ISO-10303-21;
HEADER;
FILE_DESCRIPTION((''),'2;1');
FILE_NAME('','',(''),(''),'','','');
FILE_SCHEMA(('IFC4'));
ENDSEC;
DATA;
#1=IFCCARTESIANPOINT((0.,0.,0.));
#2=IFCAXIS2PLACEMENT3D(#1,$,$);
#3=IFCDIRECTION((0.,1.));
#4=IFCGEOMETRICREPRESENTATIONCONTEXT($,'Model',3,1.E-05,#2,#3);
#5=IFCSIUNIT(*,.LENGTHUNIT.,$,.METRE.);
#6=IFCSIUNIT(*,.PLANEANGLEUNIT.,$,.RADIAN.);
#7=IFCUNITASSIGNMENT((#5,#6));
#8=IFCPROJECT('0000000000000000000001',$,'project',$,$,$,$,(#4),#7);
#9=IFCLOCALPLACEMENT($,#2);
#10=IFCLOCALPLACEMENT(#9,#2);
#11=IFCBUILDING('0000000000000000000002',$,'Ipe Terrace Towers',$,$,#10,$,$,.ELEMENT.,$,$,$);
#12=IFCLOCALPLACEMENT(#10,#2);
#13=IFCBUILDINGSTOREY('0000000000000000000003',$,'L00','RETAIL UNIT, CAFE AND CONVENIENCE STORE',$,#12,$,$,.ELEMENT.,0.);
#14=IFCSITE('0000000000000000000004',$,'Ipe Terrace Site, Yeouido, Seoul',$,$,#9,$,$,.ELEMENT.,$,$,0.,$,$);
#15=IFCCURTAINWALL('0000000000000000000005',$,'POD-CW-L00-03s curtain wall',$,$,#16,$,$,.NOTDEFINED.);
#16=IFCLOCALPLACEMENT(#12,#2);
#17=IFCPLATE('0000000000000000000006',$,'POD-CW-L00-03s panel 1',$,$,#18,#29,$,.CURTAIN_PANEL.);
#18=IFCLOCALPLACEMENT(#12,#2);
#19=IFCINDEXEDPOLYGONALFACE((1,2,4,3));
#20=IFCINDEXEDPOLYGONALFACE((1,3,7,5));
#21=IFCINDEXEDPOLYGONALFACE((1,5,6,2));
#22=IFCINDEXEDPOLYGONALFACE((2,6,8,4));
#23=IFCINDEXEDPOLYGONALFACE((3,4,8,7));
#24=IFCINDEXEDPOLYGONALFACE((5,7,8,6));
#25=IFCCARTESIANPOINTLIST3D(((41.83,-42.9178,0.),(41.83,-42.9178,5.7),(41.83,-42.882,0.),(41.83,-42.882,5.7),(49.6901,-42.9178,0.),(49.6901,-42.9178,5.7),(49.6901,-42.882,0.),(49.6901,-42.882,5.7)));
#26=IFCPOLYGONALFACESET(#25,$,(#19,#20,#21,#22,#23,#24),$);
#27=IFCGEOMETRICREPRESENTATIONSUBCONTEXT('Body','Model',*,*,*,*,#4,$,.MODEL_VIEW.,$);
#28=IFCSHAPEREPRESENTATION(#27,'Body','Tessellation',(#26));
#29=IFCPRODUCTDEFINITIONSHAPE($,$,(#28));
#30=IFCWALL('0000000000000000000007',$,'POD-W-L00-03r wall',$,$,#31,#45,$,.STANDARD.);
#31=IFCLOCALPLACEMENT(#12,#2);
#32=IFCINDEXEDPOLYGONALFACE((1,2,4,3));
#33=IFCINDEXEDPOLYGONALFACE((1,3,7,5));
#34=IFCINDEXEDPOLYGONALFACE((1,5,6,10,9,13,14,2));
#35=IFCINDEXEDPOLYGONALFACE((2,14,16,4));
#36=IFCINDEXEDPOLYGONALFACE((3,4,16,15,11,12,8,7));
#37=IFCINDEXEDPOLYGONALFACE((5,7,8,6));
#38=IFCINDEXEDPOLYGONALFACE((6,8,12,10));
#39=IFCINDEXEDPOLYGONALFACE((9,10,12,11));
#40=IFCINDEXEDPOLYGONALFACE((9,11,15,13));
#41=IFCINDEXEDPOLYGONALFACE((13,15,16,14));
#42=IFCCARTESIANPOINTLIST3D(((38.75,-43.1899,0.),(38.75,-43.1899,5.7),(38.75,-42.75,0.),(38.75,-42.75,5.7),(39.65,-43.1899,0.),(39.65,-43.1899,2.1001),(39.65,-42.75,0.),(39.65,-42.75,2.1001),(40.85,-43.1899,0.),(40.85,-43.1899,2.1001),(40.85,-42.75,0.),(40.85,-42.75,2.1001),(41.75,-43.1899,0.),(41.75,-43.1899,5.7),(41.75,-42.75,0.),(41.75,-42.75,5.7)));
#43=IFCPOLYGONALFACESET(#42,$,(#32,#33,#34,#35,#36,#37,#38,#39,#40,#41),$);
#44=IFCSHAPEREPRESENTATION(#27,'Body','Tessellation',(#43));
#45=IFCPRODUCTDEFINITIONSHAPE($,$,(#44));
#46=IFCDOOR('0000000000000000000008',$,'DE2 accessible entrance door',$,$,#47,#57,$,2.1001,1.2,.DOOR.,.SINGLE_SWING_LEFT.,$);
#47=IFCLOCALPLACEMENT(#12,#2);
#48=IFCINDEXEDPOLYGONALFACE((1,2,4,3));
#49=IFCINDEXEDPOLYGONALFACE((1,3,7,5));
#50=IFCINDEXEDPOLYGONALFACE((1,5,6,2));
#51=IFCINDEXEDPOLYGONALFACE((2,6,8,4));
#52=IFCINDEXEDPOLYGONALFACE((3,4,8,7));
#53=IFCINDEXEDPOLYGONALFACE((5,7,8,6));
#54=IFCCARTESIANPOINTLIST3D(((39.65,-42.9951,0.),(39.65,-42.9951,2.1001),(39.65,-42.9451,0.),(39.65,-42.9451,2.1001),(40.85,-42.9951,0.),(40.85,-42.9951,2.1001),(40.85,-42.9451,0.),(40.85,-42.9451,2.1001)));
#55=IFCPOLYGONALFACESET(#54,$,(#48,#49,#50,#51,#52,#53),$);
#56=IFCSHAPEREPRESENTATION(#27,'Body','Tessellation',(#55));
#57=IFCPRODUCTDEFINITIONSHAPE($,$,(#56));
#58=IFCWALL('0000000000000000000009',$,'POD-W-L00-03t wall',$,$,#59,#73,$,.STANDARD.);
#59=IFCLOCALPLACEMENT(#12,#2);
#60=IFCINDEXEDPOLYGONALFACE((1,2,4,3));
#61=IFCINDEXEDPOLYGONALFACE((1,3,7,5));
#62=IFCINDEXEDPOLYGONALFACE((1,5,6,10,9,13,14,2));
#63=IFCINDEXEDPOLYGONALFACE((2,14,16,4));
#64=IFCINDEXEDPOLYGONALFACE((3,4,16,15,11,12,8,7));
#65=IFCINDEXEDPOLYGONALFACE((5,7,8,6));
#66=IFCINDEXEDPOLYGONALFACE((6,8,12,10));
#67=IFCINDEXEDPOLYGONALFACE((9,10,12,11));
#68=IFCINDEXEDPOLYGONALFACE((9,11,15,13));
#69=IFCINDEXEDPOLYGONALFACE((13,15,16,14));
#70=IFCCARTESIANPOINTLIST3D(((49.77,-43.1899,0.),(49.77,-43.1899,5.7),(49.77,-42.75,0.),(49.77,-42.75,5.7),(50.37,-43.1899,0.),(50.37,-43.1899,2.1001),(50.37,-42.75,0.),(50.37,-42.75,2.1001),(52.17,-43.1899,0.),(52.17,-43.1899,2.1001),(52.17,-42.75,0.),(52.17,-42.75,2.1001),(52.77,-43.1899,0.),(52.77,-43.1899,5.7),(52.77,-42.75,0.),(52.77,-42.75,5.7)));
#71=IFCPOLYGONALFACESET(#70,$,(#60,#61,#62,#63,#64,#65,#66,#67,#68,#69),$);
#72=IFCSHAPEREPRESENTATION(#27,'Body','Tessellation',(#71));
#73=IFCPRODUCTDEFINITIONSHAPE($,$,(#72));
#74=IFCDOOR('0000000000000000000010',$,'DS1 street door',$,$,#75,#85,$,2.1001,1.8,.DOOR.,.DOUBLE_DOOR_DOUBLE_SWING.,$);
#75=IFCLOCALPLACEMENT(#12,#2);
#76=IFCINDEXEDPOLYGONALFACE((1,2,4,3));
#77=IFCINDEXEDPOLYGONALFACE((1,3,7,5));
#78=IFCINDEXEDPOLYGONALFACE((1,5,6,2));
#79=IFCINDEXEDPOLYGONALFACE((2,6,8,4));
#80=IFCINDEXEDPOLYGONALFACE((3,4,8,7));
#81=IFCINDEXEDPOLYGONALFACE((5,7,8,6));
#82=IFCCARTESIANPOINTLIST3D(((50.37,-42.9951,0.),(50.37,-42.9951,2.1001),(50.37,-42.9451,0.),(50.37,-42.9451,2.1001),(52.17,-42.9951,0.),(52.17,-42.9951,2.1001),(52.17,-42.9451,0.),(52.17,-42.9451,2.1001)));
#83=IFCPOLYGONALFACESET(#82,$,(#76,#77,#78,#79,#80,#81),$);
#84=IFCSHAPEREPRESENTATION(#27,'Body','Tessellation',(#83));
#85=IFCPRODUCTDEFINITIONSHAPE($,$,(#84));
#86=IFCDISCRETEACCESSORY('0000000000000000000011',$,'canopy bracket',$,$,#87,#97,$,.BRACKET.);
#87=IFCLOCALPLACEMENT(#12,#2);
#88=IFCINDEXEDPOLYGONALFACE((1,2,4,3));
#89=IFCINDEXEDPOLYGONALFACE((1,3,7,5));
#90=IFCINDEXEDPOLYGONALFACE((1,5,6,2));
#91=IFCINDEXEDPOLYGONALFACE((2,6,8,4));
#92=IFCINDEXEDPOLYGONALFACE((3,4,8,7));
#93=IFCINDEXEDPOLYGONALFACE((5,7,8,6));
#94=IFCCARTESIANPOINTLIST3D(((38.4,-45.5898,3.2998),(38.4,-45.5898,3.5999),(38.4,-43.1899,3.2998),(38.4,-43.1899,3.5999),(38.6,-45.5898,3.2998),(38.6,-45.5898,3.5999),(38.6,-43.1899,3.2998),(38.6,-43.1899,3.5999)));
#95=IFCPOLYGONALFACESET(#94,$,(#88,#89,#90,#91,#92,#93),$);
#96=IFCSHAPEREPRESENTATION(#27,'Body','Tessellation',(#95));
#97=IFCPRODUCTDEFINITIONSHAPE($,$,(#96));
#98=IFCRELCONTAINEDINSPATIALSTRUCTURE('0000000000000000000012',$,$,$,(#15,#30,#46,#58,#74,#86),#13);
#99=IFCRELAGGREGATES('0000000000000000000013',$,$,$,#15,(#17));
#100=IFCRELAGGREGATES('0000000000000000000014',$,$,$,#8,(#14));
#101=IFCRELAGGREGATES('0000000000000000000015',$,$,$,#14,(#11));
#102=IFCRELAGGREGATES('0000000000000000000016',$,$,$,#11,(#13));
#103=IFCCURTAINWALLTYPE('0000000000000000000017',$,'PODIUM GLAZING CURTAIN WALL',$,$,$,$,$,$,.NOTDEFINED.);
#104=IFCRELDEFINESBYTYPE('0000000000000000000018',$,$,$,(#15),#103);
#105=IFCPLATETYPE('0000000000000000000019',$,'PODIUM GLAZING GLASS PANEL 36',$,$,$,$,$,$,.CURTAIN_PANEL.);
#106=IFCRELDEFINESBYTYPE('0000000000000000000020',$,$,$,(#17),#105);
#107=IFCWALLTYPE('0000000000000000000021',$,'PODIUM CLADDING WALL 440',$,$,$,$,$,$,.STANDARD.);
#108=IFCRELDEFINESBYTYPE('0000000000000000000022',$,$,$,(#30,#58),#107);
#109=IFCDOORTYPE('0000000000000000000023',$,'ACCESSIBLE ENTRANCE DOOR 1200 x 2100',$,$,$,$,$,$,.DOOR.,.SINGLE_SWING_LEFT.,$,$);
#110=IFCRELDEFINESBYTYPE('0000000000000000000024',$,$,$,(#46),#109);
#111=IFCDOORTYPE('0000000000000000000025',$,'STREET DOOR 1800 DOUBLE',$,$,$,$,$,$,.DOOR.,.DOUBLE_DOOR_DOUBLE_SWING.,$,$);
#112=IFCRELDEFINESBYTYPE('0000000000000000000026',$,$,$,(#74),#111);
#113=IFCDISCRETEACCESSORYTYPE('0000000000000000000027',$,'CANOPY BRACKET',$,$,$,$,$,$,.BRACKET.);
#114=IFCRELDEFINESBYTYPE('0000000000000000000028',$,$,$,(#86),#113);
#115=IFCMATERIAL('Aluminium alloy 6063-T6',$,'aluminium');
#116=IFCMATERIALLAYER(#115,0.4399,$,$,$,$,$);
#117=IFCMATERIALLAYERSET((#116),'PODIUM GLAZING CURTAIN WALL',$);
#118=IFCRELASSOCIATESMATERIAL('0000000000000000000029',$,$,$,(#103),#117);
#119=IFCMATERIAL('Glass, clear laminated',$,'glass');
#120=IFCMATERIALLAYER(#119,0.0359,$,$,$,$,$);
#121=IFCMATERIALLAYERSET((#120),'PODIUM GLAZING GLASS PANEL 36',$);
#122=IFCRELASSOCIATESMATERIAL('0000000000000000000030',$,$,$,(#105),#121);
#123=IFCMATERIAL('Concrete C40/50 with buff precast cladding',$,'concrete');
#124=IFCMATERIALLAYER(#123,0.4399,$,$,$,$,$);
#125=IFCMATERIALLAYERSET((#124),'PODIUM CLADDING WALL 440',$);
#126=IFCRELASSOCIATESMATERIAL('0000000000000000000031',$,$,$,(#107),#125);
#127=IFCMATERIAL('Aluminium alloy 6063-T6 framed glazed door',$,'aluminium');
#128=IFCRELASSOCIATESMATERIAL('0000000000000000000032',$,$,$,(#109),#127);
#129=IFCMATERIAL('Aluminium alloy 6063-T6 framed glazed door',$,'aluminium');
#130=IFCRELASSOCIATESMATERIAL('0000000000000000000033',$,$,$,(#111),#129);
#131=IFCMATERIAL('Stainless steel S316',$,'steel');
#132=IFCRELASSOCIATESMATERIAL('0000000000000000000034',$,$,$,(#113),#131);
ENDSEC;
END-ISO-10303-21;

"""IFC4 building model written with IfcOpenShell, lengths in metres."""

from ifc_helpers import new_model, si_unit, direction, frame, frame_2d, origin, origin_2d, place, context, subcontext, project, spatial, rectangle, extrude, material, layer, layer_set, type_object, element, fill, aggregate, save


model = new_model("IFC4")

# Units and contexts
model_context = context("Model", 3, precision=1e-05, world=origin(), true_north=direction((0.0, 1.0)))
body_context = subcontext(model_context, "Body", "Model", "MODEL_VIEW")
ifc_project = project(units=[si_unit("LENGTHUNIT", "METRE"), si_unit("PLANEANGLEUNIT", "RADIAN")], contexts=[model_context])

# Site, building, storey
site_placement = place(None, origin())
site = spatial("IfcSite", under=ifc_project, at=site_placement, Name="Ipe Terrace Site, Yeouido, Seoul", CompositionType="ELEMENT", RefElevation=0.0)
building_placement = place(site_placement, origin())
building = spatial("IfcBuilding", under=site, at=building_placement, Name="Ipe Terrace Towers", CompositionType="ELEMENT")
storey_placement = place(building_placement, origin())
storey = spatial("IfcBuildingStorey", under=building, at=storey_placement, Name="L00", Description="RETAIL UNIT, CAFE AND CONVENIENCE STORE", CompositionType="ELEMENT", Elevation=0.0)

# Curtain wall
ifc_material_1 = material(Name="Aluminium alloy 6063-T6", Category="aluminium")
ifc_layer_1 = layer(ifc_material_1, 0.4399)
ifc_layer_set_1 = layer_set([ifc_layer_1], Name="PODIUM GLAZING CURTAIN WALL")
curtain_wall_type = type_object("IfcCurtainWallType", Name="PODIUM GLAZING CURTAIN WALL", PredefinedType="NOTDEFINED", material=ifc_layer_set_1)
curtain_wall_1_placement = place(storey_placement, origin())
curtain_wall_1 = element("IfcCurtainWall", 1, at=curtain_wall_1_placement, inside=storey, type_object=curtain_wall_type, Name="POD-CW-L00-03s curtain wall", PredefinedType="NOTDEFINED")

# Plate
ifc_material_2 = material(Name="Glass, clear laminated", Category="glass")
ifc_layer_2 = layer(ifc_material_2, 0.0359)
ifc_layer_set_2 = layer_set([ifc_layer_2], Name="PODIUM GLAZING GLASS PANEL 36")
plate_type = type_object("IfcPlateType", Name="PODIUM GLAZING GLASS PANEL 36", PredefinedType="CURTAIN_PANEL", material=ifc_layer_set_2)
plate_1_placement = place(storey_placement, frame((45.76, -42.8999, 0.0), z_axis=(0.0, 0.0, 1.0), x_axis=(1.0, 0.0, 0.0)))
plate_1 = element("IfcPlate", 2, at=plate_1_placement, type_object=plate_type, Name="POD-CW-L00-03s panel 1", PredefinedType="CURTAIN_PANEL", context=body_context, shape_type="SweptSolid", body=[
    extrude(rectangle(XDim=7.8601, YDim=0.0359, at=origin_2d()), origin(), (0.0, 0.0, 1.0), 5.7),
])
aggregate(curtain_wall_1, [plate_1])

# Walls, openings, doors
ifc_material_3 = material(Name="Concrete C40/50 with buff precast cladding", Category="concrete")
ifc_layer_3 = layer(ifc_material_3, 0.4399)
ifc_layer_set_3 = layer_set([ifc_layer_3], Name="PODIUM CLADDING WALL 440")
wall_type = type_object("IfcWallType", Name="PODIUM CLADDING WALL 440", PredefinedType="STANDARD", material=ifc_layer_set_3)
wall_1_placement = place(storey_placement, frame((38.75, -42.97, 0.0), z_axis=(0.0, 0.0, 1.0), x_axis=(1.0, 0.0, 0.0)))
wall_1 = element("IfcWall", 3, at=wall_1_placement, inside=storey, type_object=wall_type, Name="POD-W-L00-03r wall", PredefinedType="STANDARD", context=body_context, shape_type="SweptSolid", body=[
    extrude(rectangle(XDim=3.0, YDim=0.4399, at=frame_2d((1.5, 0.0))), origin(), (0.0, 0.0, 1.0), 5.7),
])
opening_1_placement = place(wall_1_placement, frame((0.8999, 0.0, 0.0)))
opening_1 = element("IfcOpeningElement", 4, at=opening_1_placement, cuts=wall_1, PredefinedType="OPENING", context=body_context, shape_type="SweptSolid", body=[
    extrude(rectangle(XDim=1.2, YDim=2.1001, at=frame_2d((0.6001, 1.05))), frame((0.0, 0.23, 0.0), z_axis=(0.0, -1.0, 0.0), x_axis=(1.0, 0.0, 0.0)), (0.0, 0.0, 1.0), 0.46),
])
ifc_material_4 = material(Name="Aluminium alloy 6063-T6 framed glazed door", Category="aluminium")
door_type_1 = type_object("IfcDoorType", Name="ACCESSIBLE ENTRANCE DOOR 1200 x 2100", OperationType="SINGLE_SWING_LEFT", PredefinedType="DOOR", material=ifc_material_4)
door_1_placement = place(opening_1_placement, origin())
door_1 = element("IfcDoor", 5, at=door_1_placement, inside=storey, type_object=door_type_1, Name="DE2 accessible entrance door", OperationType="SINGLE_SWING_LEFT", OverallHeight=2.1001, OverallWidth=1.2, PredefinedType="DOOR", context=body_context, shape_type="SweptSolid", body=[
    extrude(rectangle(XDim=1.2, YDim=2.1001, at=frame_2d((0.6001, 1.05))), frame((0.0, 0.0249, 0.0), z_axis=(0.0, -1.0, 0.0), x_axis=(1.0, 0.0, 0.0)), (0.0, 0.0, 1.0), 0.05),
])
fill(opening_1, door_1)
wall_2_placement = place(storey_placement, frame((49.77, -42.97, 0.0), z_axis=(0.0, 0.0, 1.0), x_axis=(1.0, 0.0, 0.0)))
wall_2 = element("IfcWall", 6, at=wall_2_placement, inside=storey, type_object=wall_type, Name="POD-W-L00-03t wall", PredefinedType="STANDARD", context=body_context, shape_type="SweptSolid", body=[
    extrude(rectangle(XDim=3.0, YDim=0.4399, at=frame_2d((1.5, 0.0))), origin(), (0.0, 0.0, 1.0), 5.7),
])
opening_2_placement = place(wall_2_placement, frame((0.6001, 0.0, 0.0)))
opening_2 = element("IfcOpeningElement", 7, at=opening_2_placement, cuts=wall_2, PredefinedType="OPENING", context=body_context, shape_type="SweptSolid", body=[
    extrude(rectangle(XDim=1.8, YDim=2.1001, at=frame_2d((0.8999, 1.05))), frame((0.0, 0.23, 0.0), z_axis=(0.0, -1.0, 0.0), x_axis=(1.0, 0.0, 0.0)), (0.0, 0.0, 1.0), 0.46),
])
ifc_material_5 = material(Name="Aluminium alloy 6063-T6 framed glazed door", Category="aluminium")
door_type_2 = type_object("IfcDoorType", Name="STREET DOOR 1800 DOUBLE", OperationType="DOUBLE_DOOR_DOUBLE_SWING", PredefinedType="DOOR", material=ifc_material_5)
door_2_placement = place(opening_2_placement, origin())
door_2 = element("IfcDoor", 8, at=door_2_placement, inside=storey, type_object=door_type_2, Name="DS1 street door", OperationType="DOUBLE_DOOR_DOUBLE_SWING", OverallHeight=2.1001, OverallWidth=1.8, PredefinedType="DOOR", context=body_context, shape_type="SweptSolid", body=[
    extrude(rectangle(XDim=1.8, YDim=2.1001, at=frame_2d((0.8999, 1.05))), frame((0.0, 0.0249, 0.0), z_axis=(0.0, -1.0, 0.0), x_axis=(1.0, 0.0, 0.0)), (0.0, 0.0, 1.0), 0.05),
])
fill(opening_2, door_2)

# Discrete accessory
ifc_material_6 = material(Name="Stainless steel S316", Category="steel")
discrete_accessory_type = type_object("IfcDiscreteAccessoryType", Name="CANOPY BRACKET", PredefinedType="BRACKET", material=ifc_material_6)
discrete_accessory_placement = place(storey_placement, frame((38.5, -44.3899, 3.2998), z_axis=(0.0, 0.0, 1.0), x_axis=(1.0, 0.0, 0.0)))
element("IfcDiscreteAccessory", 9, at=discrete_accessory_placement, inside=storey, type_object=discrete_accessory_type, Name="canopy bracket", PredefinedType="BRACKET", context=body_context, shape_type="SweptSolid", body=[
    extrude(rectangle(XDim=0.2, YDim=2.3999, at=origin_2d()), origin(), (0.0, 0.0, 1.0), 0.3),
])

save(model, "model.ifc")
